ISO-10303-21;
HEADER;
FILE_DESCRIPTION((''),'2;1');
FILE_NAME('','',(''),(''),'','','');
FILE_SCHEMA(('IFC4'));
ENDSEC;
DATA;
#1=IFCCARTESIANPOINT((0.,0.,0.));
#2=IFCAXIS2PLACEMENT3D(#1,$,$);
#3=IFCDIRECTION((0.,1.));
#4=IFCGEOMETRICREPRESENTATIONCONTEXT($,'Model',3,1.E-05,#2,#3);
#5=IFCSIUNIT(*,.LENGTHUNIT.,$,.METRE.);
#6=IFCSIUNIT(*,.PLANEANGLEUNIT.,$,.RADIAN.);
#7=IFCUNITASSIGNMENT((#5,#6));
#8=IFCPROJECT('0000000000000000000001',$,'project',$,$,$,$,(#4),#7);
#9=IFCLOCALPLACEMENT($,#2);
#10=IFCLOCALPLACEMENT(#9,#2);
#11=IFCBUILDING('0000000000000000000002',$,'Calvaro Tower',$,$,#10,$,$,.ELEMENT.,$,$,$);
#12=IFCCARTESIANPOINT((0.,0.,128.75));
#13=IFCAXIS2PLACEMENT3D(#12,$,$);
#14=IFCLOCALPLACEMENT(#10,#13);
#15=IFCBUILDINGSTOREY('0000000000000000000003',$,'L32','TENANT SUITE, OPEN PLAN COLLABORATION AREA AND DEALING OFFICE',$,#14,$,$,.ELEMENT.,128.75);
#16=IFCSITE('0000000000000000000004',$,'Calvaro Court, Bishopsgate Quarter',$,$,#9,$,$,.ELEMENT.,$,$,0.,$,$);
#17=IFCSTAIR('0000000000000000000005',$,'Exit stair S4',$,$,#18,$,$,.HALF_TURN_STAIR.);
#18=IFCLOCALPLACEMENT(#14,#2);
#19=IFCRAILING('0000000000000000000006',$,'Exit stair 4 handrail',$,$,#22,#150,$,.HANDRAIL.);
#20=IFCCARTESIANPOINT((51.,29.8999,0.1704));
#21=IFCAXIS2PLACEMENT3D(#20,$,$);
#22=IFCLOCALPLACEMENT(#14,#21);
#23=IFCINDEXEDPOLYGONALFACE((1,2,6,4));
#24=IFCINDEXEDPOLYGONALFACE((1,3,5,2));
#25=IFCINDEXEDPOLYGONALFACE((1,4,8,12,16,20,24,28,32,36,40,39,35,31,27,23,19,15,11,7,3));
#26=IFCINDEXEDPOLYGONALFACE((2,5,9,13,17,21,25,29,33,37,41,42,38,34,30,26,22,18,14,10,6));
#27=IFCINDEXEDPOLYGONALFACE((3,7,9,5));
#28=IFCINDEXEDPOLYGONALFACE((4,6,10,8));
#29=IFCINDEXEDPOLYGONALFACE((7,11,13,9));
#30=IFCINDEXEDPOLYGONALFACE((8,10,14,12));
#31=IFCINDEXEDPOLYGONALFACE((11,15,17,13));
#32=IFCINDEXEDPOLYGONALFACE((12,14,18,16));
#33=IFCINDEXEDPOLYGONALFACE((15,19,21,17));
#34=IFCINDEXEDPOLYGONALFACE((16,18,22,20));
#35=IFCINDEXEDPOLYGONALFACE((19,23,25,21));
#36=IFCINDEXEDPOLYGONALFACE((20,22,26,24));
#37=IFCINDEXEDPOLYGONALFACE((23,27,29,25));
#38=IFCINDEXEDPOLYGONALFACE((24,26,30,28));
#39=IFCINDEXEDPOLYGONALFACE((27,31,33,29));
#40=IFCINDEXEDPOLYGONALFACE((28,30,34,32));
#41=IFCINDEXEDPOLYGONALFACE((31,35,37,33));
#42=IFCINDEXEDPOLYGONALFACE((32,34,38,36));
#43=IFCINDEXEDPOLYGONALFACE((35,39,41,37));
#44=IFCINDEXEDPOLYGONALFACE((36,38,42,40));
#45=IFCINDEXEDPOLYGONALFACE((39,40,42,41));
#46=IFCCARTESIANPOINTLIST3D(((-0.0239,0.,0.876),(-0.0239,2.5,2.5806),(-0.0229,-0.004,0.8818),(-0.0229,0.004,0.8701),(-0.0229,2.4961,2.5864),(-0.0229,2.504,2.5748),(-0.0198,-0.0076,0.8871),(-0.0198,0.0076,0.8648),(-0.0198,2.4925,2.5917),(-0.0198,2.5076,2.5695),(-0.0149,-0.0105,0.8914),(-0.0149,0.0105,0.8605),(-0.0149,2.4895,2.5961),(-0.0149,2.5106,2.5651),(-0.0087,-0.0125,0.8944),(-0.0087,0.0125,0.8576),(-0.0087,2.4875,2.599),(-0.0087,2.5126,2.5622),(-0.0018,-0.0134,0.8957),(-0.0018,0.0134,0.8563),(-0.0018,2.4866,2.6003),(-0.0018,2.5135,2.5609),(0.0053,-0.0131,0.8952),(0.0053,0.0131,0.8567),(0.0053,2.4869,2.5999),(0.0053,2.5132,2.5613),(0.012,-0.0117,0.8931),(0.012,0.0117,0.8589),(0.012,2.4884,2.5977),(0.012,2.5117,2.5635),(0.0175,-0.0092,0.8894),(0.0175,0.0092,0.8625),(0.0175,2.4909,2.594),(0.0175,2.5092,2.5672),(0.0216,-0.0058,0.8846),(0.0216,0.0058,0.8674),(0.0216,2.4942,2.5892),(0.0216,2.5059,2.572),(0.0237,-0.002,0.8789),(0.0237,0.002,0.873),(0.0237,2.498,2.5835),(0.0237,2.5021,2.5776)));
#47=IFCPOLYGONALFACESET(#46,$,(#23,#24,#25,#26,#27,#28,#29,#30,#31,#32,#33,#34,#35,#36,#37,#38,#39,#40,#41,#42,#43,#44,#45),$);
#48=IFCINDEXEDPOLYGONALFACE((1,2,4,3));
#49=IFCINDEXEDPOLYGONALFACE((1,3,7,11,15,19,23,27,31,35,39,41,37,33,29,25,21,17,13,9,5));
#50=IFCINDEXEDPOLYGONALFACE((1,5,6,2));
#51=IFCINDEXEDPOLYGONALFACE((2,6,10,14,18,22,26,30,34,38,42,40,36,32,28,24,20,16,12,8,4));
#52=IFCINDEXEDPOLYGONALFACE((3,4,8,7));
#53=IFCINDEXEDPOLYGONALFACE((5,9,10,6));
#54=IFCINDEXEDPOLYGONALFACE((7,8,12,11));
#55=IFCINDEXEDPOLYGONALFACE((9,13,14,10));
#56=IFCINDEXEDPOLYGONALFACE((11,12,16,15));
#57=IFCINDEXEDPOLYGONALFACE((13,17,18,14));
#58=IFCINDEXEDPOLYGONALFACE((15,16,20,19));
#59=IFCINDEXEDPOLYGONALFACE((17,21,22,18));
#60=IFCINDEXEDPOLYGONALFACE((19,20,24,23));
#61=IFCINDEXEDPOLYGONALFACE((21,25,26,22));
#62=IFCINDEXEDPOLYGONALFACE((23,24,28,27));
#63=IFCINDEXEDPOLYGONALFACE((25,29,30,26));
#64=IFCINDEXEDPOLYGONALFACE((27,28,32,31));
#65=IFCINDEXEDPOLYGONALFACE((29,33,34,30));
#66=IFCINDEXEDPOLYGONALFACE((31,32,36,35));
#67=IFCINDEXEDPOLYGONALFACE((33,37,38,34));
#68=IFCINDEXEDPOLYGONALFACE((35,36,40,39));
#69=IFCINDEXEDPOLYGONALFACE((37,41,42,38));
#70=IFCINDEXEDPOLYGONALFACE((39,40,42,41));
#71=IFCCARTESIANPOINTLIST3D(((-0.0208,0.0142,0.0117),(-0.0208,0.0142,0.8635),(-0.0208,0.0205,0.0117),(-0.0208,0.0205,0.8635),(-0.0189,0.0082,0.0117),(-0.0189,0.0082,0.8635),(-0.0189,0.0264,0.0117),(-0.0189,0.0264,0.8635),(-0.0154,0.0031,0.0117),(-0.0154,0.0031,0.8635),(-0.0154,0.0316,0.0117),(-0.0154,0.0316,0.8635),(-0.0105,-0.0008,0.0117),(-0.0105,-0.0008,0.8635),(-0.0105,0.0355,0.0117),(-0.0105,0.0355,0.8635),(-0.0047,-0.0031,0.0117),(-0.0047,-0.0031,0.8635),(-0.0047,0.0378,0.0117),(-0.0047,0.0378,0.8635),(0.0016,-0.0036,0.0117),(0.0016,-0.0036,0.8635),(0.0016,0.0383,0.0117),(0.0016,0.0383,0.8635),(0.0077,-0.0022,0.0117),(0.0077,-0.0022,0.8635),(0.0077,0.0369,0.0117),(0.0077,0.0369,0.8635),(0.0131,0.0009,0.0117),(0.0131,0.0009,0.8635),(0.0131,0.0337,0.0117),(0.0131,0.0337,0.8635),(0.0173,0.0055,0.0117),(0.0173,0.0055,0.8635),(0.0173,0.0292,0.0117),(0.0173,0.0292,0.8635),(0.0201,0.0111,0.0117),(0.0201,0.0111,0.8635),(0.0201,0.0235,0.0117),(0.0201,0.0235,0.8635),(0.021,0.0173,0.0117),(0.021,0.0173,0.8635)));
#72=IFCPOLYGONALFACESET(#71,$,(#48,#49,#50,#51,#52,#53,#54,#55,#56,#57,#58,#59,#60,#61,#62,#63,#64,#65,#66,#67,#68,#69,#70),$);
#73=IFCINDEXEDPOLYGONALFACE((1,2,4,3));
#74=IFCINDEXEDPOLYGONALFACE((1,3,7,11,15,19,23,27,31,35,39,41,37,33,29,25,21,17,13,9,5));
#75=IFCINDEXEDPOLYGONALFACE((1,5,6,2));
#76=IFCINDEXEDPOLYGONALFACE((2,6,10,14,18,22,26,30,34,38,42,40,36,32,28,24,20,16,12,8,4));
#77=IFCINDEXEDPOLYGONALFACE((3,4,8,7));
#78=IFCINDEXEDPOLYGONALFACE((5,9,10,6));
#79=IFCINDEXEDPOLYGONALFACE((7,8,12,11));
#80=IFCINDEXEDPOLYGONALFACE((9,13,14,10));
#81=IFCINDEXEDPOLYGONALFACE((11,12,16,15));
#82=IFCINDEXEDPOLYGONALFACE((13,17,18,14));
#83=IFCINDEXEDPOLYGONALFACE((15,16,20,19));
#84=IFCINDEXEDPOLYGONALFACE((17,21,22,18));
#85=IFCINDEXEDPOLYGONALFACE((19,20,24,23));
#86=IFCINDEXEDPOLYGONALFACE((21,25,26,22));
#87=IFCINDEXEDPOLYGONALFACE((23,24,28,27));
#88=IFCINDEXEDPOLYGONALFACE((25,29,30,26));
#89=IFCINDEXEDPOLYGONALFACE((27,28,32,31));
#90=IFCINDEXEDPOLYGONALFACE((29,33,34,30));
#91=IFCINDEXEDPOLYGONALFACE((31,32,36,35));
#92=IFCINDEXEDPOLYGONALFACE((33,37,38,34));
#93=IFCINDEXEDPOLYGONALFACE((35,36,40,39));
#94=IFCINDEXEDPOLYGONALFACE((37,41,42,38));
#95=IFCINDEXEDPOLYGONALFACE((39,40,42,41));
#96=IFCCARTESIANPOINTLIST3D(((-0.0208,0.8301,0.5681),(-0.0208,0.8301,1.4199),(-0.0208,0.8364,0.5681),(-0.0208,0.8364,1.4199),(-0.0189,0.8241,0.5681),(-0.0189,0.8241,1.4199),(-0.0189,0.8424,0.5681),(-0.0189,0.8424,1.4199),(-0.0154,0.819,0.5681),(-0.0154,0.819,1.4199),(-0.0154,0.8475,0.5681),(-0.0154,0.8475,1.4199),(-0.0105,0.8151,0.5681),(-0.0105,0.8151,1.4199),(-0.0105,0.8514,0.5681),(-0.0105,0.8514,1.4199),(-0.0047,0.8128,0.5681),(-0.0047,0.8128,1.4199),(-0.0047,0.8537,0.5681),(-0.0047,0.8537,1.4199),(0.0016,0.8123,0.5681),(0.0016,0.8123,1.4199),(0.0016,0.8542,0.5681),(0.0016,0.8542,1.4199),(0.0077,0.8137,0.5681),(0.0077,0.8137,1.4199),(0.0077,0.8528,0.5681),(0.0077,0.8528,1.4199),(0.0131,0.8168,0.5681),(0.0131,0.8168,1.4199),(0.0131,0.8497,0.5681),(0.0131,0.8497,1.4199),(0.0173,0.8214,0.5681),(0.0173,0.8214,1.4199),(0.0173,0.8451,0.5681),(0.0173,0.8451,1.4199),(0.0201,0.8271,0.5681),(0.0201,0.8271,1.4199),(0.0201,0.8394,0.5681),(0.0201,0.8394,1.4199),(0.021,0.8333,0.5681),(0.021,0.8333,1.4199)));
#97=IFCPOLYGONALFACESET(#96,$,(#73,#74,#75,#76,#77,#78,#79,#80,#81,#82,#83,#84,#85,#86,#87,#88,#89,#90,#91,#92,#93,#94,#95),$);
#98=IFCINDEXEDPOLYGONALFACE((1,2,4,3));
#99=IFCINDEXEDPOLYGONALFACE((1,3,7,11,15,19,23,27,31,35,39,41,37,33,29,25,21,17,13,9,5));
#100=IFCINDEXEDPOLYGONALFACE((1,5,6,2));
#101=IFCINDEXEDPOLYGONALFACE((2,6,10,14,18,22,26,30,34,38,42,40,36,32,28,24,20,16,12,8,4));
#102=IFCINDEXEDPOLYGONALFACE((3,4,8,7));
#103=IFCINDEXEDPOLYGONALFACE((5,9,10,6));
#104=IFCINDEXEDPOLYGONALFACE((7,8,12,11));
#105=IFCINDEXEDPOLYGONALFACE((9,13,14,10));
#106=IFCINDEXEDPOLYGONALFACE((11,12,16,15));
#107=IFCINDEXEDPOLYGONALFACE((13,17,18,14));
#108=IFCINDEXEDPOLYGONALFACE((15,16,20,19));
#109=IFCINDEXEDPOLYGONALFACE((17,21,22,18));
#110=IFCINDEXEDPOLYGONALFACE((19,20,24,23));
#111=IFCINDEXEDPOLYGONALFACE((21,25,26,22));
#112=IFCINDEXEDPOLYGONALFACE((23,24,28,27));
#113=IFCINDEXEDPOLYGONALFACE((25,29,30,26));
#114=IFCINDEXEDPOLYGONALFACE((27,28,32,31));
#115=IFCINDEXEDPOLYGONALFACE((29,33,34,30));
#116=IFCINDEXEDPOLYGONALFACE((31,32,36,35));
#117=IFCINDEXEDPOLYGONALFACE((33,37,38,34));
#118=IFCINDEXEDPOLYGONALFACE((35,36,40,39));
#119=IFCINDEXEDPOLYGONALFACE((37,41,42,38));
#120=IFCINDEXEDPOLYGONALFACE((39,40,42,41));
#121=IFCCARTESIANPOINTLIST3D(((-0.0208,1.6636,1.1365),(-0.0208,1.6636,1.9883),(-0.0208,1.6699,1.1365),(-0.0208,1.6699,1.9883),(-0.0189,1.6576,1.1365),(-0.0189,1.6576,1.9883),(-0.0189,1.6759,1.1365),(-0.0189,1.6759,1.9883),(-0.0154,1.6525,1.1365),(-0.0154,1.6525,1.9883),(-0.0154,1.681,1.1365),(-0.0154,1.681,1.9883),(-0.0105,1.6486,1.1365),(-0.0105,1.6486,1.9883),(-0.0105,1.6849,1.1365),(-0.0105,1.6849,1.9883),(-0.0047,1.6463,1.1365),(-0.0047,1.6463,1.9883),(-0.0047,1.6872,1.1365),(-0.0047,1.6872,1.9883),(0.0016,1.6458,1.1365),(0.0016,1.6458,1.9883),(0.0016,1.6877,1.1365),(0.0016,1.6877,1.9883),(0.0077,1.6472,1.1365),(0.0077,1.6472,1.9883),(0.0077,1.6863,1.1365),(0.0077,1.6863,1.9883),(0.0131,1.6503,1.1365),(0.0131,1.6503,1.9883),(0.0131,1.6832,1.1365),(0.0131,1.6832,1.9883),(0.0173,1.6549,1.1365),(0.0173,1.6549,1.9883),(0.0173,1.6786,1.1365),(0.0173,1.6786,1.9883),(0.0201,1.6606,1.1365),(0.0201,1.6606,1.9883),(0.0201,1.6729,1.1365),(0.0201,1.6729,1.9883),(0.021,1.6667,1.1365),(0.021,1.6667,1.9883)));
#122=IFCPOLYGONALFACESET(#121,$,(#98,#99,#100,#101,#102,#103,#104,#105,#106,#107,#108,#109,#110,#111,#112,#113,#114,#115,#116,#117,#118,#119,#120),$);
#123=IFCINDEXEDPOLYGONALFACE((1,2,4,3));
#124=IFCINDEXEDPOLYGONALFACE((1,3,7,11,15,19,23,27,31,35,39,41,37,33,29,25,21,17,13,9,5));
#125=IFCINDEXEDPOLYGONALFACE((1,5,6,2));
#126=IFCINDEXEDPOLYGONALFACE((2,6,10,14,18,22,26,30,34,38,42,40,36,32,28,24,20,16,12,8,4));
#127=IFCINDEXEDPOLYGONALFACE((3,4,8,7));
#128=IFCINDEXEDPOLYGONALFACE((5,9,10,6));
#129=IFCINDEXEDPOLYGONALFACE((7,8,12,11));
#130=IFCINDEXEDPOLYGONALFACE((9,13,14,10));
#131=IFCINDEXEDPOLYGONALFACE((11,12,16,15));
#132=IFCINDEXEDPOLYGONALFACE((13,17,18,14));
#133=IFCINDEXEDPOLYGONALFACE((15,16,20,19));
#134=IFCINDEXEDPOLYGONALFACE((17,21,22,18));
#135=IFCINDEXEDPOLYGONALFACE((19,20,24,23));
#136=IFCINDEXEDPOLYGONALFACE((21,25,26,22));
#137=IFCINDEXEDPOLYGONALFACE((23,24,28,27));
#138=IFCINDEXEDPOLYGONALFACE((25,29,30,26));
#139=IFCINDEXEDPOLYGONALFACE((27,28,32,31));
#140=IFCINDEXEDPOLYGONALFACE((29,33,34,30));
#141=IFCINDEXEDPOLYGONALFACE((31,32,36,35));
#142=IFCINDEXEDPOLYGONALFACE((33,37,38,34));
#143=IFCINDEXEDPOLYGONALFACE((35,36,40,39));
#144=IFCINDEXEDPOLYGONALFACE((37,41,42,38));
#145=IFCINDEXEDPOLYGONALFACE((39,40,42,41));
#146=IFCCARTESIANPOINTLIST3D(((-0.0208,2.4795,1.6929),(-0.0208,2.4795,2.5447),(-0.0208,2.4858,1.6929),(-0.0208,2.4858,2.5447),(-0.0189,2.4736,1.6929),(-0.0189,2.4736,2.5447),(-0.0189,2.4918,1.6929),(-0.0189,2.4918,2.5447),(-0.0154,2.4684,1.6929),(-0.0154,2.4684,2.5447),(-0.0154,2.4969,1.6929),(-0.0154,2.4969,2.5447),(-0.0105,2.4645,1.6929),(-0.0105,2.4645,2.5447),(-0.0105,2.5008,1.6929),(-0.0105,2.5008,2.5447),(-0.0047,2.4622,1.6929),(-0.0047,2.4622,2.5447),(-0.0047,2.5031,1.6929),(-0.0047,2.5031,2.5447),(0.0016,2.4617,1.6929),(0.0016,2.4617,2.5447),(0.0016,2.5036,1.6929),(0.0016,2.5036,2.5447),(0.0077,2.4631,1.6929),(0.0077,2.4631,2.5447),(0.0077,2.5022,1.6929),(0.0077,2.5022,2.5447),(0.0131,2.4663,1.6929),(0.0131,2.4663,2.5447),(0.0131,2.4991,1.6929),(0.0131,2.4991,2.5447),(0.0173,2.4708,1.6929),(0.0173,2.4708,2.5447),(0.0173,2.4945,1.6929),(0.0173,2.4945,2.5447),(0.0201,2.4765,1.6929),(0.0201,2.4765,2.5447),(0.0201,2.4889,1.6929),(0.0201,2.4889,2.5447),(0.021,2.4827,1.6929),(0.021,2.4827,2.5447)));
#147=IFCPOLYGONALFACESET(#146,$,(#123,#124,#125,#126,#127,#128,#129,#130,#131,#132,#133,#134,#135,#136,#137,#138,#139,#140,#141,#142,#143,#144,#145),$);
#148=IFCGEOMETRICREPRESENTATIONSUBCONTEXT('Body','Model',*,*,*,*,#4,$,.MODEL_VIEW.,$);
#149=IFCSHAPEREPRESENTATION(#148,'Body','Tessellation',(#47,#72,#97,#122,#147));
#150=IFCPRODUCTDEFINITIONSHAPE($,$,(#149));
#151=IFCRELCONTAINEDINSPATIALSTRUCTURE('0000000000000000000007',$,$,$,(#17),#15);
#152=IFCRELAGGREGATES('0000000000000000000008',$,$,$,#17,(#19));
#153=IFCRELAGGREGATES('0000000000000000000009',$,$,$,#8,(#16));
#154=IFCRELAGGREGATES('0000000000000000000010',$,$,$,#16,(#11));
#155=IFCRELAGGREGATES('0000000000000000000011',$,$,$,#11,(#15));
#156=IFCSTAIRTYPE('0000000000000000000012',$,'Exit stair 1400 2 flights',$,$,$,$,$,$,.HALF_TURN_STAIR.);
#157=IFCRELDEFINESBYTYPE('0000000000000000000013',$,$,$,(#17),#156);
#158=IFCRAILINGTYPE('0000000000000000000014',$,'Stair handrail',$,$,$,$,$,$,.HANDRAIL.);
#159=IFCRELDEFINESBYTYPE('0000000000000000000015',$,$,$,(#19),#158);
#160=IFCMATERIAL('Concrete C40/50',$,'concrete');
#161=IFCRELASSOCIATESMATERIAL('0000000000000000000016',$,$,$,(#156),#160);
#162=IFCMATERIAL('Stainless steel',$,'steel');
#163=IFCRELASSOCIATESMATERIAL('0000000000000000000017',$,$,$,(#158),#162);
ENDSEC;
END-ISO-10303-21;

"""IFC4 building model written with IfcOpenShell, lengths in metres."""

from ifc_helpers import new_model, si_unit, direction, frame, origin, origin_2d, place, context, subcontext, project, spatial, circle, extrude, material, type_object, element, aggregate, save


model = new_model("IFC4")

# Units and contexts
model_context = context("Model", 3, precision=1e-05, world=origin(), true_north=direction((0.0, 1.0)))
body_context = subcontext(model_context, "Body", "Model", "MODEL_VIEW")
ifc_project = project(units=[si_unit("LENGTHUNIT", "METRE"), si_unit("PLANEANGLEUNIT", "RADIAN")], contexts=[model_context])

# Site, building, storey
site_placement = place(None, origin())
site = spatial("IfcSite", under=ifc_project, at=site_placement, Name="Calvaro Court, Bishopsgate Quarter", CompositionType="ELEMENT", RefElevation=0.0)
building_placement = place(site_placement, origin())
building = spatial("IfcBuilding", under=site, at=building_placement, Name="Calvaro Tower", CompositionType="ELEMENT")
storey_placement = place(building_placement, frame((0.0, 0.0, 128.75)))
storey = spatial("IfcBuildingStorey", under=building, at=storey_placement, Name="L32", Description="TENANT SUITE, OPEN PLAN COLLABORATION AREA AND DEALING OFFICE", CompositionType="ELEMENT", Elevation=128.75)

# Stair
ifc_material_1 = material(Name="Concrete C40/50", Category="concrete")
stair_type = type_object("IfcStairType", Name="Exit stair 1400 2 flights", PredefinedType="HALF_TURN_STAIR", material=ifc_material_1)
stair_1_placement = place(storey_placement, origin())
stair_1 = element("IfcStair", 1, at=stair_1_placement, inside=storey, type_object=stair_type, Name="Exit stair S4", PredefinedType="HALF_TURN_STAIR")

# Railing
ifc_material_2 = material(Name="Stainless steel", Category="steel")
railing_type = type_object("IfcRailingType", Name="Stair handrail", PredefinedType="HANDRAIL", material=ifc_material_2)
railing_1_placement = place(storey_placement, frame((51.0, 29.8999, 0.1704)))
railing_1 = element("IfcRailing", 2, at=railing_1_placement, type_object=railing_type, Name="Exit stair 4 handrail", PredefinedType="HANDRAIL", context=body_context, shape_type="SweptSolid", body=[
    extrude(circle(Radius=0.0239, at=origin_2d()), frame((0.0, 0.0, 0.876), z_axis=(0.0, 0.826221, 0.563347), x_axis=(-1.0, 0.0, 0.0)), (0.0, 0.0, 1.0), 3.0259),
    extrude(circle(Radius=0.021, at=origin_2d()), frame((0.0, 0.0173, 0.0117)), (0.0, 0.0, 1.0), 0.8518),
    extrude(circle(Radius=0.021, at=origin_2d()), frame((0.0, 0.8333, 0.5681)), (0.0, 0.0, 1.0), 0.8518),
    extrude(circle(Radius=0.021, at=origin_2d()), frame((0.0, 1.6667, 1.1365)), (0.0, 0.0, 1.0), 0.8518),
    extrude(circle(Radius=0.021, at=origin_2d()), frame((0.0, 2.4827, 1.6929)), (0.0, 0.0, 1.0), 0.8518),
])
aggregate(stair_1, [railing_1])

save(model, "model.ifc")
